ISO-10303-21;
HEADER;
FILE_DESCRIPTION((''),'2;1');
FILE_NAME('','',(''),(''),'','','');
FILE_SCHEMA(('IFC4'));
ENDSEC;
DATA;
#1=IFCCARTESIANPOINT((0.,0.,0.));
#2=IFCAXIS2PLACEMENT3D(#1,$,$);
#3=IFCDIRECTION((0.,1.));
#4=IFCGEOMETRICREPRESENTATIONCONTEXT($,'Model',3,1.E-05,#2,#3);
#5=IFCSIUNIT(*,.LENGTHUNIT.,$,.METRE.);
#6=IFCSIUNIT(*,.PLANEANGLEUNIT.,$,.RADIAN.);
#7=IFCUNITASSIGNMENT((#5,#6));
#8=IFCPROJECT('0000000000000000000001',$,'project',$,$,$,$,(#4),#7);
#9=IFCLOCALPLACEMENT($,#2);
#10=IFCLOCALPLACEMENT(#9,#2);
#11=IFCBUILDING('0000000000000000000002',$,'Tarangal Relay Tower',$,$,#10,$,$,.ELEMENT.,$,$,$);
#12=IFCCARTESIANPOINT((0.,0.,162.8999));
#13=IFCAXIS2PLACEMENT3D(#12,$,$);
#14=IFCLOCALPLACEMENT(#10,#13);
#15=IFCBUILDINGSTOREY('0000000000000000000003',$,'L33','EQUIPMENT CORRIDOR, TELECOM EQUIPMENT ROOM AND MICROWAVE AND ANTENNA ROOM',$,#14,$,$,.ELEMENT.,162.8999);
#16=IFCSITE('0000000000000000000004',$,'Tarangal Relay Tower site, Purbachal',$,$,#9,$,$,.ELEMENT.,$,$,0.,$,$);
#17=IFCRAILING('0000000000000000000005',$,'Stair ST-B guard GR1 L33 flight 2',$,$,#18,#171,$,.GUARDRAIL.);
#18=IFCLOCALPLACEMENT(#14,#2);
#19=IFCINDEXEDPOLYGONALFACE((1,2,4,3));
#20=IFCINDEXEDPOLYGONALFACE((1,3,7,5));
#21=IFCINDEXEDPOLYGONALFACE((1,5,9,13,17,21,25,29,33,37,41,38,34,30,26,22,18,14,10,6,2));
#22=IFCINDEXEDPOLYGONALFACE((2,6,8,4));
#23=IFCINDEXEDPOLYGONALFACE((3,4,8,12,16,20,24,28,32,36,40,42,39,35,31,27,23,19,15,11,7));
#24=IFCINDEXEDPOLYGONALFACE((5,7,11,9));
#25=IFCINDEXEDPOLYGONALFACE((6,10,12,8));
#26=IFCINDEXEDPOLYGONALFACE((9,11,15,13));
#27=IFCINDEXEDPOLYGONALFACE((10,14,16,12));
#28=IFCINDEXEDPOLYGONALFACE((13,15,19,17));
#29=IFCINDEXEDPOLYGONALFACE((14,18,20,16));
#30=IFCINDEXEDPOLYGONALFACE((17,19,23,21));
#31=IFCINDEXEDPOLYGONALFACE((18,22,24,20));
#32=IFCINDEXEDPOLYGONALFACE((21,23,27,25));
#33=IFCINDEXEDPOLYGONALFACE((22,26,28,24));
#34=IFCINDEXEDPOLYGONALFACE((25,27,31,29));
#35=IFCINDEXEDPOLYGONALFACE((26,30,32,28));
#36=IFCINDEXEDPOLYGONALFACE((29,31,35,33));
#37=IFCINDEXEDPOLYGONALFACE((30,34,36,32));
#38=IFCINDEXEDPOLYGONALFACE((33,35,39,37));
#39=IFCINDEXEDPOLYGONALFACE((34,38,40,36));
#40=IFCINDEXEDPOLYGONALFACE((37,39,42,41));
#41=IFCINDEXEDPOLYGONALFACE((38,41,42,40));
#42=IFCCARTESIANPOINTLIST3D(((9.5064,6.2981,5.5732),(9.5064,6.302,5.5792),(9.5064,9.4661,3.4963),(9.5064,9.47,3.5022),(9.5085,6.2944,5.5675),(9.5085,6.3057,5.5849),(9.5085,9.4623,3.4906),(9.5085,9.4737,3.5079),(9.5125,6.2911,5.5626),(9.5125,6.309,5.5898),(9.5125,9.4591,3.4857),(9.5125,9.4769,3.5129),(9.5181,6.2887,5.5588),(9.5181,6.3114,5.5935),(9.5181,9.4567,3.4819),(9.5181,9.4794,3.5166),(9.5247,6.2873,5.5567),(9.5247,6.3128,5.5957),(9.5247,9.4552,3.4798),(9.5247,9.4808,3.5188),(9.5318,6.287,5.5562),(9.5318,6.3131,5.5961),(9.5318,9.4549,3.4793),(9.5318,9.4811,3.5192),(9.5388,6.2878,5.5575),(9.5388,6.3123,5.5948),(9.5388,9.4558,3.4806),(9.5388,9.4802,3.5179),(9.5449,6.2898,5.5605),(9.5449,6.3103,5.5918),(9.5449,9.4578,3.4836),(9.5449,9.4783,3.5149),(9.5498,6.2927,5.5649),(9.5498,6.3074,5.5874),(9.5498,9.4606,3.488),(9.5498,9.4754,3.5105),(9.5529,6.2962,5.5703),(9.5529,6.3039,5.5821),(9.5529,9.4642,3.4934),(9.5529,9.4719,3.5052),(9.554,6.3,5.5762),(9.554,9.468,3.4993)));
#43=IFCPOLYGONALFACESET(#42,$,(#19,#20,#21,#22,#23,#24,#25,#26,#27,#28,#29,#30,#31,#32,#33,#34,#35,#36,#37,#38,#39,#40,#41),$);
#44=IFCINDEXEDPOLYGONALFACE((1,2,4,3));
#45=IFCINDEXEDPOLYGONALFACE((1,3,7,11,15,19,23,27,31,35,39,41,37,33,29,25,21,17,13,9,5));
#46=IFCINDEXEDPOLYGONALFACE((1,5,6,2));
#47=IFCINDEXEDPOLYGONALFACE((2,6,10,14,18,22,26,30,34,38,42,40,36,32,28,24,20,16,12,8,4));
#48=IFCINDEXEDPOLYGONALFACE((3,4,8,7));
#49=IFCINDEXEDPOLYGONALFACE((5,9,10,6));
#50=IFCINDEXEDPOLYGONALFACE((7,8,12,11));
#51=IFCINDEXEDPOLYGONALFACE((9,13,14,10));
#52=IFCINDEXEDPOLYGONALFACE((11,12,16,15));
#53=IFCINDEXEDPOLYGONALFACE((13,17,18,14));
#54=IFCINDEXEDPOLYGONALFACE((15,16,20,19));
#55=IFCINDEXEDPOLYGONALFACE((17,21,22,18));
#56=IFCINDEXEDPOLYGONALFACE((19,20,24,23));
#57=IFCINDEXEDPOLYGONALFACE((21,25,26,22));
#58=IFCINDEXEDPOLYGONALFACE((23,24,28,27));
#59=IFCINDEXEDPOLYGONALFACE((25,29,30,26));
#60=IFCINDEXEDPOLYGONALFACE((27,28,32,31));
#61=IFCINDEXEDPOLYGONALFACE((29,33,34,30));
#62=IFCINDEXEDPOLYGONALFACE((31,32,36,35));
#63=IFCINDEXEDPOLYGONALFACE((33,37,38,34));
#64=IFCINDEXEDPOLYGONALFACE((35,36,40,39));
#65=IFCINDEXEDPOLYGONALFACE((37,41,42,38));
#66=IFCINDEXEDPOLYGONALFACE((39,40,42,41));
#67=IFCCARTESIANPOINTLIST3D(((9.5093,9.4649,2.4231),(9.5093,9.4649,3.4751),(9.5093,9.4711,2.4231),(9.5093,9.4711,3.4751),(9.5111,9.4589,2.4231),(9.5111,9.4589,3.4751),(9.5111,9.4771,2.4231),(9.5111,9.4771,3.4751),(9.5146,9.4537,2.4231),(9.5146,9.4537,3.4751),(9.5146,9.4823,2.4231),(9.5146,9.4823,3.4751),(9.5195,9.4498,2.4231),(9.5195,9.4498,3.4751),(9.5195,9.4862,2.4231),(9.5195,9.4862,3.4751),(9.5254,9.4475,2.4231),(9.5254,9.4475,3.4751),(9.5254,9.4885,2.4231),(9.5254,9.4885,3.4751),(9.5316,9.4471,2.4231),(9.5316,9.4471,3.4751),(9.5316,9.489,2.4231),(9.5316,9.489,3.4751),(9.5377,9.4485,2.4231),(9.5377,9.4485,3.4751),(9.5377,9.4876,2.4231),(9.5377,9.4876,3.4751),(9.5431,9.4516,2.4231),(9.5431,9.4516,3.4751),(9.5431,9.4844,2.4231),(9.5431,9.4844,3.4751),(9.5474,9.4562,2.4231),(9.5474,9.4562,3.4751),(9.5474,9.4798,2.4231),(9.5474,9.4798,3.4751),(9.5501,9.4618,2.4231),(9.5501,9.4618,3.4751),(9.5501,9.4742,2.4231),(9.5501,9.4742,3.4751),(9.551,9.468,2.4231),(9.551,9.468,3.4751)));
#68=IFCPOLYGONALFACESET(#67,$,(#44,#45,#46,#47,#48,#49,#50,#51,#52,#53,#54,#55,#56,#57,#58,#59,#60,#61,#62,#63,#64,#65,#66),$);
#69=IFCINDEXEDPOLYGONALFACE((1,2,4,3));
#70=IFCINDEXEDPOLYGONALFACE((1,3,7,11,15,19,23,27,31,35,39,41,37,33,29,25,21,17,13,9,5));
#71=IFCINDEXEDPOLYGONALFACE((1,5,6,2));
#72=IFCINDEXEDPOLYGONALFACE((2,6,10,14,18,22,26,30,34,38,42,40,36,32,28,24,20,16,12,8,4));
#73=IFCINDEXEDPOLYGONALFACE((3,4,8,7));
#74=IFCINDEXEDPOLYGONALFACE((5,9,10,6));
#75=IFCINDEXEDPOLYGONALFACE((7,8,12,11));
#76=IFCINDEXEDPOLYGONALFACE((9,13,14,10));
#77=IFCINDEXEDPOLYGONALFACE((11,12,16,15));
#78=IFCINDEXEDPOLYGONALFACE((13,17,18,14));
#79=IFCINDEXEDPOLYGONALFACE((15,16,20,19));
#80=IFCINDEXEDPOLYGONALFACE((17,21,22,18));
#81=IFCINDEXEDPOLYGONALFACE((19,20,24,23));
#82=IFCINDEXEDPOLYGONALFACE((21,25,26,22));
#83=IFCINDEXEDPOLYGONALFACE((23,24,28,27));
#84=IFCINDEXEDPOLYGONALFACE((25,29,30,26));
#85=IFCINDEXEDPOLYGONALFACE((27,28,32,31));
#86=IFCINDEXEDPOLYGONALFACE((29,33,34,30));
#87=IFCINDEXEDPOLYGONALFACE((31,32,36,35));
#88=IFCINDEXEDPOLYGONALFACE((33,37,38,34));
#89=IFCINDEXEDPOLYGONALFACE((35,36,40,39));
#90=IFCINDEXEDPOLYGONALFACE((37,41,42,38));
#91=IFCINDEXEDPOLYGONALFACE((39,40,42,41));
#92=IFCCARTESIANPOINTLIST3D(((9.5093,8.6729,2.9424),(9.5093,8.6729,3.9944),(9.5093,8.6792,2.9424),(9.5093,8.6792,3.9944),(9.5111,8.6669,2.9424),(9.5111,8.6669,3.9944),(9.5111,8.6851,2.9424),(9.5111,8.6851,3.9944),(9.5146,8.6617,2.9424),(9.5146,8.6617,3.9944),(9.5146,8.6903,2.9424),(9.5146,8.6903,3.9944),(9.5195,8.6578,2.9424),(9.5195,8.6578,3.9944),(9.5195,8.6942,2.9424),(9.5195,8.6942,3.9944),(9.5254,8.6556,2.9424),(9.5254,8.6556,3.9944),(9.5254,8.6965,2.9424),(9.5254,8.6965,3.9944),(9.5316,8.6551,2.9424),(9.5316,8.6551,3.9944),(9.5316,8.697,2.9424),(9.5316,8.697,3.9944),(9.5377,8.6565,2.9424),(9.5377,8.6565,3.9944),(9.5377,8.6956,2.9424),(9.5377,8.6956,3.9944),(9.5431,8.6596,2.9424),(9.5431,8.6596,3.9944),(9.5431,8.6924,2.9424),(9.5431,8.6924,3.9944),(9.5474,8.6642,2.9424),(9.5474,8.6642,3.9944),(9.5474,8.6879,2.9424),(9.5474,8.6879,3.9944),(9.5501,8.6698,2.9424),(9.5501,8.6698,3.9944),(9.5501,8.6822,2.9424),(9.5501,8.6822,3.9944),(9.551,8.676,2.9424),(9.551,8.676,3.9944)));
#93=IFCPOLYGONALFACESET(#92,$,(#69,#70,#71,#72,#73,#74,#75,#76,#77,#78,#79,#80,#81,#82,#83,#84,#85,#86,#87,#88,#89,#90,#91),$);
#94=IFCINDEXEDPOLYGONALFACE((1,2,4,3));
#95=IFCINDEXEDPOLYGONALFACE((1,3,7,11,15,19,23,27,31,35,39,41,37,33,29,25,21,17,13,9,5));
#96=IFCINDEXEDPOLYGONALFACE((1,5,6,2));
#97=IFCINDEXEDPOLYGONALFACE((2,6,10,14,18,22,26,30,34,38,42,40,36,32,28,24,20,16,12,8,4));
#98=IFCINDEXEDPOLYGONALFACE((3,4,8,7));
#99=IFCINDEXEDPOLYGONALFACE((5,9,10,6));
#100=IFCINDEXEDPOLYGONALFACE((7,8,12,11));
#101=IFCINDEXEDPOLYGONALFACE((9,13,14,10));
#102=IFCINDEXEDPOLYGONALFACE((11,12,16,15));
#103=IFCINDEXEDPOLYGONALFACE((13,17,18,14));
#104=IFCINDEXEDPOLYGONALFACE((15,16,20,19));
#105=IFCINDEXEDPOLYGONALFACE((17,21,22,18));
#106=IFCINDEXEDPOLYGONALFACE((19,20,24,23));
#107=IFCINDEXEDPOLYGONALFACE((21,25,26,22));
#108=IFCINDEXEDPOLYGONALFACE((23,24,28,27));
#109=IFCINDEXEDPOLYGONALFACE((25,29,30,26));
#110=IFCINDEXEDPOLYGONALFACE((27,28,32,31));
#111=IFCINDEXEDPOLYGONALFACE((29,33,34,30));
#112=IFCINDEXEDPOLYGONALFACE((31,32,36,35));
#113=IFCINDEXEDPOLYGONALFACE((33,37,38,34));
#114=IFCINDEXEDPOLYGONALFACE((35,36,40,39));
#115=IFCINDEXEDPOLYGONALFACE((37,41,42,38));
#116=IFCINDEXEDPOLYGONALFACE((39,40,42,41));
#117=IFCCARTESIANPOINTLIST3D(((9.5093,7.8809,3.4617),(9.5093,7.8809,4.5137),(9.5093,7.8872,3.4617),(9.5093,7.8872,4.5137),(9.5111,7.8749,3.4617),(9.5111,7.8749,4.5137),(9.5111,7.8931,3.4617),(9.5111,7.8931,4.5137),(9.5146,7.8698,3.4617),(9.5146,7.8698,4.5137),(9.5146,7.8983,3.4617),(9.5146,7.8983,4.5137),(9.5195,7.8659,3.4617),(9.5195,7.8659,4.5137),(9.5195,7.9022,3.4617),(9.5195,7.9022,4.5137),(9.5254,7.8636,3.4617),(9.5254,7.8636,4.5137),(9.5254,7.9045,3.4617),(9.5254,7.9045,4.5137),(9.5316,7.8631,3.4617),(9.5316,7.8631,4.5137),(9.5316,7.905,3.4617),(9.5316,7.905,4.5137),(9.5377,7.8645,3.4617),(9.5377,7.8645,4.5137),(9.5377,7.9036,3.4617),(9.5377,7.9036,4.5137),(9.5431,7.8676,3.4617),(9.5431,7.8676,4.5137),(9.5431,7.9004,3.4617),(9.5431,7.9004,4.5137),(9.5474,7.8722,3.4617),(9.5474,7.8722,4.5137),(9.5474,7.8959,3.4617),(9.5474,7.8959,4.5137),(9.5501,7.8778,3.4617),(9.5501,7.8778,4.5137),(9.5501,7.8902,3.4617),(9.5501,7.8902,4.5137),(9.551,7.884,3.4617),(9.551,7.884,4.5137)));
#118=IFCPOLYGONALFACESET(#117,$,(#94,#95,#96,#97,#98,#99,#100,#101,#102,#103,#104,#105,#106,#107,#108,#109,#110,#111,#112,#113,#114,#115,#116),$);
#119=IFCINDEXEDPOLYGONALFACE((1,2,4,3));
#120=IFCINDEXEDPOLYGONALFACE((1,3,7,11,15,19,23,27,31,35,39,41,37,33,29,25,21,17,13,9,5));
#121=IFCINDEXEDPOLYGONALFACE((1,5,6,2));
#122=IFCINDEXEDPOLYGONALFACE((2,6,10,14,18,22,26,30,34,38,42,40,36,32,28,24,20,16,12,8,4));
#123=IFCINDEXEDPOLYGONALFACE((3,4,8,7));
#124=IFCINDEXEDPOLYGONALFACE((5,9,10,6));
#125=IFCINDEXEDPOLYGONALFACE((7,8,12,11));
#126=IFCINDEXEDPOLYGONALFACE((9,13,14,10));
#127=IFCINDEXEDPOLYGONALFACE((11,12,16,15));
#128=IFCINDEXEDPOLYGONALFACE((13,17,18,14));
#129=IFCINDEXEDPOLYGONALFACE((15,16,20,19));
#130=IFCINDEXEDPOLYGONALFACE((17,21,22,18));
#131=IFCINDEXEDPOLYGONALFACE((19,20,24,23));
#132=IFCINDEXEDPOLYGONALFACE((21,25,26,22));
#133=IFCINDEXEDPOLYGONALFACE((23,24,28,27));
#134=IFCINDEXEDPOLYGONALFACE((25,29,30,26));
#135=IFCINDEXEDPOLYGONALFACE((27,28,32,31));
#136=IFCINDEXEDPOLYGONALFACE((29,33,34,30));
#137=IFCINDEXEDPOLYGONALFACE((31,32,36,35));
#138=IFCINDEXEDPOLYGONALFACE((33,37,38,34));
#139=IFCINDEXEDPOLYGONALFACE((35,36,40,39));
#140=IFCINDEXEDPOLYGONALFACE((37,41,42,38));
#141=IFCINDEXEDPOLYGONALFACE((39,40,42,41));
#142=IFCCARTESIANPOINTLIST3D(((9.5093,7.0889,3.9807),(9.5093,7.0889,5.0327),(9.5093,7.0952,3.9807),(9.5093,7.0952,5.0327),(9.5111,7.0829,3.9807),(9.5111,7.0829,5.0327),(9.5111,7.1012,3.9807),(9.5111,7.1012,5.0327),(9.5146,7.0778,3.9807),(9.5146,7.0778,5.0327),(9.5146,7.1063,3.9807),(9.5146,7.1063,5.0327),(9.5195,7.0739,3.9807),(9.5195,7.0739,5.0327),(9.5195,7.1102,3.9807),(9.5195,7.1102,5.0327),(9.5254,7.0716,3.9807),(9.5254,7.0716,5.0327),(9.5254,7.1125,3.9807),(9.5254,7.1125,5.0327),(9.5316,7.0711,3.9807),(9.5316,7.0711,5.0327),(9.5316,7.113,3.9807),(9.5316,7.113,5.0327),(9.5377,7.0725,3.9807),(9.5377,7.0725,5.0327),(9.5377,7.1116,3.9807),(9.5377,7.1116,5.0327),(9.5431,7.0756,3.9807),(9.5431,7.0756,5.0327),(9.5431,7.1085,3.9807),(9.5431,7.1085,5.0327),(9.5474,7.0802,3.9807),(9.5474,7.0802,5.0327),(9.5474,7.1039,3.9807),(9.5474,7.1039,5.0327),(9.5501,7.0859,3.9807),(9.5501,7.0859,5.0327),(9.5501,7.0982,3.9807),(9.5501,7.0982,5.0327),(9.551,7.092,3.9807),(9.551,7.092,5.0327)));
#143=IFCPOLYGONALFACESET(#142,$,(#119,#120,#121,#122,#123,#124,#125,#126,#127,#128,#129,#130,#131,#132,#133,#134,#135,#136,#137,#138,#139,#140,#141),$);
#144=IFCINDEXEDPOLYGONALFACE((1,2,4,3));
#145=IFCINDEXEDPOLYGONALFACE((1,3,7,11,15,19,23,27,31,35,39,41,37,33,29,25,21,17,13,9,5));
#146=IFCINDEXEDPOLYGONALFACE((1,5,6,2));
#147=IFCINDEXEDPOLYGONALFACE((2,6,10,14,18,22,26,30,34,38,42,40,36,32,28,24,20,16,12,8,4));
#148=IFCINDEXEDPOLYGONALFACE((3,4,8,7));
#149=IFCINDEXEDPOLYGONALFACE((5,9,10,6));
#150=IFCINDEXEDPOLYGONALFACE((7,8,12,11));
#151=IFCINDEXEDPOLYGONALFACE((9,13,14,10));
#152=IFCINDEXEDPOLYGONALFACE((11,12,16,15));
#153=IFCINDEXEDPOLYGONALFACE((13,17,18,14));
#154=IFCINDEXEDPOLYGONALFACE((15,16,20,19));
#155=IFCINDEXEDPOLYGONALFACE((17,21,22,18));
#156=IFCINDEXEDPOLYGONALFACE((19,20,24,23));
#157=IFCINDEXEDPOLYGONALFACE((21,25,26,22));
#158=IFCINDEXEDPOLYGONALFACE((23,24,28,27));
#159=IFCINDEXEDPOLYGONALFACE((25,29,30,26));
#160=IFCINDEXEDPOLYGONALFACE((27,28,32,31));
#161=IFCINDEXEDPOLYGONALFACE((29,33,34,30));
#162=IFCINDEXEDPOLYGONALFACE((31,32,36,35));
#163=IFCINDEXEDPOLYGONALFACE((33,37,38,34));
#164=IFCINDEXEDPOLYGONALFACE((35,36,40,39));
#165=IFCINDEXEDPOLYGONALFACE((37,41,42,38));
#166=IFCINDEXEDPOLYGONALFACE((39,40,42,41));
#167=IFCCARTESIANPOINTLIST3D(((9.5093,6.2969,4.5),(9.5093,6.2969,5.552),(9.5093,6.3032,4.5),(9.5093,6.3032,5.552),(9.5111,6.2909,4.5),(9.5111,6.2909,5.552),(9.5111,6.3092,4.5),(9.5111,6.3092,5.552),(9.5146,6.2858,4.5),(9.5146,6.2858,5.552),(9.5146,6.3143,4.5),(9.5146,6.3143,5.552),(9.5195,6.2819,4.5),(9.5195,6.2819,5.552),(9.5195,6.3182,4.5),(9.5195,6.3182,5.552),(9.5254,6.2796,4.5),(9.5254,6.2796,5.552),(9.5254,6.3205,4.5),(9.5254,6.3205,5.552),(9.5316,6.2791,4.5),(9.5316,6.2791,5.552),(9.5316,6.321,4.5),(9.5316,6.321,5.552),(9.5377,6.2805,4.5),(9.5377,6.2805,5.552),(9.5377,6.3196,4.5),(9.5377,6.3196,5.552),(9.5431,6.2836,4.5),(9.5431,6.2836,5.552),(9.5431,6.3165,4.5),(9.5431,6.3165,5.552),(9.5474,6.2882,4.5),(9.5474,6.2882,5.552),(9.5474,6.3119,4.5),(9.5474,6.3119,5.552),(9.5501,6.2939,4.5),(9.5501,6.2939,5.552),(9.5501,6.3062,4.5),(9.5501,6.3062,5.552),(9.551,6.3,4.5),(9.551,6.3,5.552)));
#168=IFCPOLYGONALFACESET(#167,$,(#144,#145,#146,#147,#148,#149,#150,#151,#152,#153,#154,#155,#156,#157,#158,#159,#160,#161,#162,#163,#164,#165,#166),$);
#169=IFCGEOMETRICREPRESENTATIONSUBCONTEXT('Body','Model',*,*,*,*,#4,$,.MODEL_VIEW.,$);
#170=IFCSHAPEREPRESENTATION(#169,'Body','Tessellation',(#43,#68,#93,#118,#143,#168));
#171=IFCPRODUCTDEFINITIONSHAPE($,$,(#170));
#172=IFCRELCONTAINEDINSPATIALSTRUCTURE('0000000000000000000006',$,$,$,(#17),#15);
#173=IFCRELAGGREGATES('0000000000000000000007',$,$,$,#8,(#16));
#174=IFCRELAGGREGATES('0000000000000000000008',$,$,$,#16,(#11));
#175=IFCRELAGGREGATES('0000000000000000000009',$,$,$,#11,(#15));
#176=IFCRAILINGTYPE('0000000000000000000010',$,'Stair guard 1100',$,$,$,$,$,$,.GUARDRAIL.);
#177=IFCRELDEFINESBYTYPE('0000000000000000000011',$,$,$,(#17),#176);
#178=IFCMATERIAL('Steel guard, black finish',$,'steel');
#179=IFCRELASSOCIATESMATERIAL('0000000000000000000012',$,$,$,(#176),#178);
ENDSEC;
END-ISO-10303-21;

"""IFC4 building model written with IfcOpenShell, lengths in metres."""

from ifc_helpers import new_model, si_unit, direction, frame, origin, origin_2d, place, context, subcontext, project, spatial, circle, extrude, material, type_object, element, save


model = new_model("IFC4")

# Units and contexts
model_context = context("Model", 3, precision=1e-05, world=origin(), true_north=direction((0.0, 1.0)))
body_context = subcontext(model_context, "Body", "Model", "MODEL_VIEW")
ifc_project = project(units=[si_unit("LENGTHUNIT", "METRE"), si_unit("PLANEANGLEUNIT", "RADIAN")], contexts=[model_context])

# Site, building, storey
site_placement = place(None, origin())
site = spatial("IfcSite", under=ifc_project, at=site_placement, Name="Tarangal Relay Tower site, Purbachal", CompositionType="ELEMENT", RefElevation=0.0)
building_placement = place(site_placement, origin())
building = spatial("IfcBuilding", under=site, at=building_placement, Name="Tarangal Relay Tower", CompositionType="ELEMENT")
storey_placement = place(building_placement, frame((0.0, 0.0, 162.8999)))
storey = spatial("IfcBuildingStorey", under=building, at=storey_placement, Name="L33", Description="EQUIPMENT CORRIDOR, TELECOM EQUIPMENT ROOM AND MICROWAVE AND ANTENNA ROOM", CompositionType="ELEMENT", Elevation=162.8999)

# Railing
ifc_material_1 = material(Name="Steel guard, black finish", Category="steel")
railing_type_1 = type_object("IfcRailingType", Name="Stair guard 1100", PredefinedType="GUARDRAIL", material=ifc_material_1)
railing_1_placement = place(storey_placement, frame((9.53, 9.468, 2.4231)))
element("IfcRailing", 1, at=railing_1_placement, inside=storey, type_object=railing_type_1, Name="Stair ST-B guard GR1 L33 flight 2", PredefinedType="GUARDRAIL", context=body_context, shape_type="SweptSolid", body=[
    extrude(circle(Radius=0.0239, at=origin_2d()), frame((0.0, 0.0, 1.0762), z_axis=(0.0, -0.836299, 0.548273), x_axis=(1.0, 0.0, 0.0)), (0.0, 0.0, 1.0), 3.7881),
    extrude(circle(Radius=0.021, at=origin_2d()), origin(), (0.0, 0.0, 1.0), 1.052),
    extrude(circle(Radius=0.021, at=origin_2d()), frame((0.0, -0.792, 0.5193)), (0.0, 0.0, 1.0), 1.052),
    extrude(circle(Radius=0.021, at=origin_2d()), frame((0.0, -1.584, 1.0386)), (0.0, 0.0, 1.0), 1.052),
    extrude(circle(Radius=0.021, at=origin_2d()), frame((0.0, -2.376, 1.5576)), (0.0, 0.0, 1.0), 1.052),
    extrude(circle(Radius=0.021, at=origin_2d()), frame((0.0, -3.168, 2.0769)), (0.0, 0.0, 1.0), 1.052),
])

save(model, "model.ifc")
